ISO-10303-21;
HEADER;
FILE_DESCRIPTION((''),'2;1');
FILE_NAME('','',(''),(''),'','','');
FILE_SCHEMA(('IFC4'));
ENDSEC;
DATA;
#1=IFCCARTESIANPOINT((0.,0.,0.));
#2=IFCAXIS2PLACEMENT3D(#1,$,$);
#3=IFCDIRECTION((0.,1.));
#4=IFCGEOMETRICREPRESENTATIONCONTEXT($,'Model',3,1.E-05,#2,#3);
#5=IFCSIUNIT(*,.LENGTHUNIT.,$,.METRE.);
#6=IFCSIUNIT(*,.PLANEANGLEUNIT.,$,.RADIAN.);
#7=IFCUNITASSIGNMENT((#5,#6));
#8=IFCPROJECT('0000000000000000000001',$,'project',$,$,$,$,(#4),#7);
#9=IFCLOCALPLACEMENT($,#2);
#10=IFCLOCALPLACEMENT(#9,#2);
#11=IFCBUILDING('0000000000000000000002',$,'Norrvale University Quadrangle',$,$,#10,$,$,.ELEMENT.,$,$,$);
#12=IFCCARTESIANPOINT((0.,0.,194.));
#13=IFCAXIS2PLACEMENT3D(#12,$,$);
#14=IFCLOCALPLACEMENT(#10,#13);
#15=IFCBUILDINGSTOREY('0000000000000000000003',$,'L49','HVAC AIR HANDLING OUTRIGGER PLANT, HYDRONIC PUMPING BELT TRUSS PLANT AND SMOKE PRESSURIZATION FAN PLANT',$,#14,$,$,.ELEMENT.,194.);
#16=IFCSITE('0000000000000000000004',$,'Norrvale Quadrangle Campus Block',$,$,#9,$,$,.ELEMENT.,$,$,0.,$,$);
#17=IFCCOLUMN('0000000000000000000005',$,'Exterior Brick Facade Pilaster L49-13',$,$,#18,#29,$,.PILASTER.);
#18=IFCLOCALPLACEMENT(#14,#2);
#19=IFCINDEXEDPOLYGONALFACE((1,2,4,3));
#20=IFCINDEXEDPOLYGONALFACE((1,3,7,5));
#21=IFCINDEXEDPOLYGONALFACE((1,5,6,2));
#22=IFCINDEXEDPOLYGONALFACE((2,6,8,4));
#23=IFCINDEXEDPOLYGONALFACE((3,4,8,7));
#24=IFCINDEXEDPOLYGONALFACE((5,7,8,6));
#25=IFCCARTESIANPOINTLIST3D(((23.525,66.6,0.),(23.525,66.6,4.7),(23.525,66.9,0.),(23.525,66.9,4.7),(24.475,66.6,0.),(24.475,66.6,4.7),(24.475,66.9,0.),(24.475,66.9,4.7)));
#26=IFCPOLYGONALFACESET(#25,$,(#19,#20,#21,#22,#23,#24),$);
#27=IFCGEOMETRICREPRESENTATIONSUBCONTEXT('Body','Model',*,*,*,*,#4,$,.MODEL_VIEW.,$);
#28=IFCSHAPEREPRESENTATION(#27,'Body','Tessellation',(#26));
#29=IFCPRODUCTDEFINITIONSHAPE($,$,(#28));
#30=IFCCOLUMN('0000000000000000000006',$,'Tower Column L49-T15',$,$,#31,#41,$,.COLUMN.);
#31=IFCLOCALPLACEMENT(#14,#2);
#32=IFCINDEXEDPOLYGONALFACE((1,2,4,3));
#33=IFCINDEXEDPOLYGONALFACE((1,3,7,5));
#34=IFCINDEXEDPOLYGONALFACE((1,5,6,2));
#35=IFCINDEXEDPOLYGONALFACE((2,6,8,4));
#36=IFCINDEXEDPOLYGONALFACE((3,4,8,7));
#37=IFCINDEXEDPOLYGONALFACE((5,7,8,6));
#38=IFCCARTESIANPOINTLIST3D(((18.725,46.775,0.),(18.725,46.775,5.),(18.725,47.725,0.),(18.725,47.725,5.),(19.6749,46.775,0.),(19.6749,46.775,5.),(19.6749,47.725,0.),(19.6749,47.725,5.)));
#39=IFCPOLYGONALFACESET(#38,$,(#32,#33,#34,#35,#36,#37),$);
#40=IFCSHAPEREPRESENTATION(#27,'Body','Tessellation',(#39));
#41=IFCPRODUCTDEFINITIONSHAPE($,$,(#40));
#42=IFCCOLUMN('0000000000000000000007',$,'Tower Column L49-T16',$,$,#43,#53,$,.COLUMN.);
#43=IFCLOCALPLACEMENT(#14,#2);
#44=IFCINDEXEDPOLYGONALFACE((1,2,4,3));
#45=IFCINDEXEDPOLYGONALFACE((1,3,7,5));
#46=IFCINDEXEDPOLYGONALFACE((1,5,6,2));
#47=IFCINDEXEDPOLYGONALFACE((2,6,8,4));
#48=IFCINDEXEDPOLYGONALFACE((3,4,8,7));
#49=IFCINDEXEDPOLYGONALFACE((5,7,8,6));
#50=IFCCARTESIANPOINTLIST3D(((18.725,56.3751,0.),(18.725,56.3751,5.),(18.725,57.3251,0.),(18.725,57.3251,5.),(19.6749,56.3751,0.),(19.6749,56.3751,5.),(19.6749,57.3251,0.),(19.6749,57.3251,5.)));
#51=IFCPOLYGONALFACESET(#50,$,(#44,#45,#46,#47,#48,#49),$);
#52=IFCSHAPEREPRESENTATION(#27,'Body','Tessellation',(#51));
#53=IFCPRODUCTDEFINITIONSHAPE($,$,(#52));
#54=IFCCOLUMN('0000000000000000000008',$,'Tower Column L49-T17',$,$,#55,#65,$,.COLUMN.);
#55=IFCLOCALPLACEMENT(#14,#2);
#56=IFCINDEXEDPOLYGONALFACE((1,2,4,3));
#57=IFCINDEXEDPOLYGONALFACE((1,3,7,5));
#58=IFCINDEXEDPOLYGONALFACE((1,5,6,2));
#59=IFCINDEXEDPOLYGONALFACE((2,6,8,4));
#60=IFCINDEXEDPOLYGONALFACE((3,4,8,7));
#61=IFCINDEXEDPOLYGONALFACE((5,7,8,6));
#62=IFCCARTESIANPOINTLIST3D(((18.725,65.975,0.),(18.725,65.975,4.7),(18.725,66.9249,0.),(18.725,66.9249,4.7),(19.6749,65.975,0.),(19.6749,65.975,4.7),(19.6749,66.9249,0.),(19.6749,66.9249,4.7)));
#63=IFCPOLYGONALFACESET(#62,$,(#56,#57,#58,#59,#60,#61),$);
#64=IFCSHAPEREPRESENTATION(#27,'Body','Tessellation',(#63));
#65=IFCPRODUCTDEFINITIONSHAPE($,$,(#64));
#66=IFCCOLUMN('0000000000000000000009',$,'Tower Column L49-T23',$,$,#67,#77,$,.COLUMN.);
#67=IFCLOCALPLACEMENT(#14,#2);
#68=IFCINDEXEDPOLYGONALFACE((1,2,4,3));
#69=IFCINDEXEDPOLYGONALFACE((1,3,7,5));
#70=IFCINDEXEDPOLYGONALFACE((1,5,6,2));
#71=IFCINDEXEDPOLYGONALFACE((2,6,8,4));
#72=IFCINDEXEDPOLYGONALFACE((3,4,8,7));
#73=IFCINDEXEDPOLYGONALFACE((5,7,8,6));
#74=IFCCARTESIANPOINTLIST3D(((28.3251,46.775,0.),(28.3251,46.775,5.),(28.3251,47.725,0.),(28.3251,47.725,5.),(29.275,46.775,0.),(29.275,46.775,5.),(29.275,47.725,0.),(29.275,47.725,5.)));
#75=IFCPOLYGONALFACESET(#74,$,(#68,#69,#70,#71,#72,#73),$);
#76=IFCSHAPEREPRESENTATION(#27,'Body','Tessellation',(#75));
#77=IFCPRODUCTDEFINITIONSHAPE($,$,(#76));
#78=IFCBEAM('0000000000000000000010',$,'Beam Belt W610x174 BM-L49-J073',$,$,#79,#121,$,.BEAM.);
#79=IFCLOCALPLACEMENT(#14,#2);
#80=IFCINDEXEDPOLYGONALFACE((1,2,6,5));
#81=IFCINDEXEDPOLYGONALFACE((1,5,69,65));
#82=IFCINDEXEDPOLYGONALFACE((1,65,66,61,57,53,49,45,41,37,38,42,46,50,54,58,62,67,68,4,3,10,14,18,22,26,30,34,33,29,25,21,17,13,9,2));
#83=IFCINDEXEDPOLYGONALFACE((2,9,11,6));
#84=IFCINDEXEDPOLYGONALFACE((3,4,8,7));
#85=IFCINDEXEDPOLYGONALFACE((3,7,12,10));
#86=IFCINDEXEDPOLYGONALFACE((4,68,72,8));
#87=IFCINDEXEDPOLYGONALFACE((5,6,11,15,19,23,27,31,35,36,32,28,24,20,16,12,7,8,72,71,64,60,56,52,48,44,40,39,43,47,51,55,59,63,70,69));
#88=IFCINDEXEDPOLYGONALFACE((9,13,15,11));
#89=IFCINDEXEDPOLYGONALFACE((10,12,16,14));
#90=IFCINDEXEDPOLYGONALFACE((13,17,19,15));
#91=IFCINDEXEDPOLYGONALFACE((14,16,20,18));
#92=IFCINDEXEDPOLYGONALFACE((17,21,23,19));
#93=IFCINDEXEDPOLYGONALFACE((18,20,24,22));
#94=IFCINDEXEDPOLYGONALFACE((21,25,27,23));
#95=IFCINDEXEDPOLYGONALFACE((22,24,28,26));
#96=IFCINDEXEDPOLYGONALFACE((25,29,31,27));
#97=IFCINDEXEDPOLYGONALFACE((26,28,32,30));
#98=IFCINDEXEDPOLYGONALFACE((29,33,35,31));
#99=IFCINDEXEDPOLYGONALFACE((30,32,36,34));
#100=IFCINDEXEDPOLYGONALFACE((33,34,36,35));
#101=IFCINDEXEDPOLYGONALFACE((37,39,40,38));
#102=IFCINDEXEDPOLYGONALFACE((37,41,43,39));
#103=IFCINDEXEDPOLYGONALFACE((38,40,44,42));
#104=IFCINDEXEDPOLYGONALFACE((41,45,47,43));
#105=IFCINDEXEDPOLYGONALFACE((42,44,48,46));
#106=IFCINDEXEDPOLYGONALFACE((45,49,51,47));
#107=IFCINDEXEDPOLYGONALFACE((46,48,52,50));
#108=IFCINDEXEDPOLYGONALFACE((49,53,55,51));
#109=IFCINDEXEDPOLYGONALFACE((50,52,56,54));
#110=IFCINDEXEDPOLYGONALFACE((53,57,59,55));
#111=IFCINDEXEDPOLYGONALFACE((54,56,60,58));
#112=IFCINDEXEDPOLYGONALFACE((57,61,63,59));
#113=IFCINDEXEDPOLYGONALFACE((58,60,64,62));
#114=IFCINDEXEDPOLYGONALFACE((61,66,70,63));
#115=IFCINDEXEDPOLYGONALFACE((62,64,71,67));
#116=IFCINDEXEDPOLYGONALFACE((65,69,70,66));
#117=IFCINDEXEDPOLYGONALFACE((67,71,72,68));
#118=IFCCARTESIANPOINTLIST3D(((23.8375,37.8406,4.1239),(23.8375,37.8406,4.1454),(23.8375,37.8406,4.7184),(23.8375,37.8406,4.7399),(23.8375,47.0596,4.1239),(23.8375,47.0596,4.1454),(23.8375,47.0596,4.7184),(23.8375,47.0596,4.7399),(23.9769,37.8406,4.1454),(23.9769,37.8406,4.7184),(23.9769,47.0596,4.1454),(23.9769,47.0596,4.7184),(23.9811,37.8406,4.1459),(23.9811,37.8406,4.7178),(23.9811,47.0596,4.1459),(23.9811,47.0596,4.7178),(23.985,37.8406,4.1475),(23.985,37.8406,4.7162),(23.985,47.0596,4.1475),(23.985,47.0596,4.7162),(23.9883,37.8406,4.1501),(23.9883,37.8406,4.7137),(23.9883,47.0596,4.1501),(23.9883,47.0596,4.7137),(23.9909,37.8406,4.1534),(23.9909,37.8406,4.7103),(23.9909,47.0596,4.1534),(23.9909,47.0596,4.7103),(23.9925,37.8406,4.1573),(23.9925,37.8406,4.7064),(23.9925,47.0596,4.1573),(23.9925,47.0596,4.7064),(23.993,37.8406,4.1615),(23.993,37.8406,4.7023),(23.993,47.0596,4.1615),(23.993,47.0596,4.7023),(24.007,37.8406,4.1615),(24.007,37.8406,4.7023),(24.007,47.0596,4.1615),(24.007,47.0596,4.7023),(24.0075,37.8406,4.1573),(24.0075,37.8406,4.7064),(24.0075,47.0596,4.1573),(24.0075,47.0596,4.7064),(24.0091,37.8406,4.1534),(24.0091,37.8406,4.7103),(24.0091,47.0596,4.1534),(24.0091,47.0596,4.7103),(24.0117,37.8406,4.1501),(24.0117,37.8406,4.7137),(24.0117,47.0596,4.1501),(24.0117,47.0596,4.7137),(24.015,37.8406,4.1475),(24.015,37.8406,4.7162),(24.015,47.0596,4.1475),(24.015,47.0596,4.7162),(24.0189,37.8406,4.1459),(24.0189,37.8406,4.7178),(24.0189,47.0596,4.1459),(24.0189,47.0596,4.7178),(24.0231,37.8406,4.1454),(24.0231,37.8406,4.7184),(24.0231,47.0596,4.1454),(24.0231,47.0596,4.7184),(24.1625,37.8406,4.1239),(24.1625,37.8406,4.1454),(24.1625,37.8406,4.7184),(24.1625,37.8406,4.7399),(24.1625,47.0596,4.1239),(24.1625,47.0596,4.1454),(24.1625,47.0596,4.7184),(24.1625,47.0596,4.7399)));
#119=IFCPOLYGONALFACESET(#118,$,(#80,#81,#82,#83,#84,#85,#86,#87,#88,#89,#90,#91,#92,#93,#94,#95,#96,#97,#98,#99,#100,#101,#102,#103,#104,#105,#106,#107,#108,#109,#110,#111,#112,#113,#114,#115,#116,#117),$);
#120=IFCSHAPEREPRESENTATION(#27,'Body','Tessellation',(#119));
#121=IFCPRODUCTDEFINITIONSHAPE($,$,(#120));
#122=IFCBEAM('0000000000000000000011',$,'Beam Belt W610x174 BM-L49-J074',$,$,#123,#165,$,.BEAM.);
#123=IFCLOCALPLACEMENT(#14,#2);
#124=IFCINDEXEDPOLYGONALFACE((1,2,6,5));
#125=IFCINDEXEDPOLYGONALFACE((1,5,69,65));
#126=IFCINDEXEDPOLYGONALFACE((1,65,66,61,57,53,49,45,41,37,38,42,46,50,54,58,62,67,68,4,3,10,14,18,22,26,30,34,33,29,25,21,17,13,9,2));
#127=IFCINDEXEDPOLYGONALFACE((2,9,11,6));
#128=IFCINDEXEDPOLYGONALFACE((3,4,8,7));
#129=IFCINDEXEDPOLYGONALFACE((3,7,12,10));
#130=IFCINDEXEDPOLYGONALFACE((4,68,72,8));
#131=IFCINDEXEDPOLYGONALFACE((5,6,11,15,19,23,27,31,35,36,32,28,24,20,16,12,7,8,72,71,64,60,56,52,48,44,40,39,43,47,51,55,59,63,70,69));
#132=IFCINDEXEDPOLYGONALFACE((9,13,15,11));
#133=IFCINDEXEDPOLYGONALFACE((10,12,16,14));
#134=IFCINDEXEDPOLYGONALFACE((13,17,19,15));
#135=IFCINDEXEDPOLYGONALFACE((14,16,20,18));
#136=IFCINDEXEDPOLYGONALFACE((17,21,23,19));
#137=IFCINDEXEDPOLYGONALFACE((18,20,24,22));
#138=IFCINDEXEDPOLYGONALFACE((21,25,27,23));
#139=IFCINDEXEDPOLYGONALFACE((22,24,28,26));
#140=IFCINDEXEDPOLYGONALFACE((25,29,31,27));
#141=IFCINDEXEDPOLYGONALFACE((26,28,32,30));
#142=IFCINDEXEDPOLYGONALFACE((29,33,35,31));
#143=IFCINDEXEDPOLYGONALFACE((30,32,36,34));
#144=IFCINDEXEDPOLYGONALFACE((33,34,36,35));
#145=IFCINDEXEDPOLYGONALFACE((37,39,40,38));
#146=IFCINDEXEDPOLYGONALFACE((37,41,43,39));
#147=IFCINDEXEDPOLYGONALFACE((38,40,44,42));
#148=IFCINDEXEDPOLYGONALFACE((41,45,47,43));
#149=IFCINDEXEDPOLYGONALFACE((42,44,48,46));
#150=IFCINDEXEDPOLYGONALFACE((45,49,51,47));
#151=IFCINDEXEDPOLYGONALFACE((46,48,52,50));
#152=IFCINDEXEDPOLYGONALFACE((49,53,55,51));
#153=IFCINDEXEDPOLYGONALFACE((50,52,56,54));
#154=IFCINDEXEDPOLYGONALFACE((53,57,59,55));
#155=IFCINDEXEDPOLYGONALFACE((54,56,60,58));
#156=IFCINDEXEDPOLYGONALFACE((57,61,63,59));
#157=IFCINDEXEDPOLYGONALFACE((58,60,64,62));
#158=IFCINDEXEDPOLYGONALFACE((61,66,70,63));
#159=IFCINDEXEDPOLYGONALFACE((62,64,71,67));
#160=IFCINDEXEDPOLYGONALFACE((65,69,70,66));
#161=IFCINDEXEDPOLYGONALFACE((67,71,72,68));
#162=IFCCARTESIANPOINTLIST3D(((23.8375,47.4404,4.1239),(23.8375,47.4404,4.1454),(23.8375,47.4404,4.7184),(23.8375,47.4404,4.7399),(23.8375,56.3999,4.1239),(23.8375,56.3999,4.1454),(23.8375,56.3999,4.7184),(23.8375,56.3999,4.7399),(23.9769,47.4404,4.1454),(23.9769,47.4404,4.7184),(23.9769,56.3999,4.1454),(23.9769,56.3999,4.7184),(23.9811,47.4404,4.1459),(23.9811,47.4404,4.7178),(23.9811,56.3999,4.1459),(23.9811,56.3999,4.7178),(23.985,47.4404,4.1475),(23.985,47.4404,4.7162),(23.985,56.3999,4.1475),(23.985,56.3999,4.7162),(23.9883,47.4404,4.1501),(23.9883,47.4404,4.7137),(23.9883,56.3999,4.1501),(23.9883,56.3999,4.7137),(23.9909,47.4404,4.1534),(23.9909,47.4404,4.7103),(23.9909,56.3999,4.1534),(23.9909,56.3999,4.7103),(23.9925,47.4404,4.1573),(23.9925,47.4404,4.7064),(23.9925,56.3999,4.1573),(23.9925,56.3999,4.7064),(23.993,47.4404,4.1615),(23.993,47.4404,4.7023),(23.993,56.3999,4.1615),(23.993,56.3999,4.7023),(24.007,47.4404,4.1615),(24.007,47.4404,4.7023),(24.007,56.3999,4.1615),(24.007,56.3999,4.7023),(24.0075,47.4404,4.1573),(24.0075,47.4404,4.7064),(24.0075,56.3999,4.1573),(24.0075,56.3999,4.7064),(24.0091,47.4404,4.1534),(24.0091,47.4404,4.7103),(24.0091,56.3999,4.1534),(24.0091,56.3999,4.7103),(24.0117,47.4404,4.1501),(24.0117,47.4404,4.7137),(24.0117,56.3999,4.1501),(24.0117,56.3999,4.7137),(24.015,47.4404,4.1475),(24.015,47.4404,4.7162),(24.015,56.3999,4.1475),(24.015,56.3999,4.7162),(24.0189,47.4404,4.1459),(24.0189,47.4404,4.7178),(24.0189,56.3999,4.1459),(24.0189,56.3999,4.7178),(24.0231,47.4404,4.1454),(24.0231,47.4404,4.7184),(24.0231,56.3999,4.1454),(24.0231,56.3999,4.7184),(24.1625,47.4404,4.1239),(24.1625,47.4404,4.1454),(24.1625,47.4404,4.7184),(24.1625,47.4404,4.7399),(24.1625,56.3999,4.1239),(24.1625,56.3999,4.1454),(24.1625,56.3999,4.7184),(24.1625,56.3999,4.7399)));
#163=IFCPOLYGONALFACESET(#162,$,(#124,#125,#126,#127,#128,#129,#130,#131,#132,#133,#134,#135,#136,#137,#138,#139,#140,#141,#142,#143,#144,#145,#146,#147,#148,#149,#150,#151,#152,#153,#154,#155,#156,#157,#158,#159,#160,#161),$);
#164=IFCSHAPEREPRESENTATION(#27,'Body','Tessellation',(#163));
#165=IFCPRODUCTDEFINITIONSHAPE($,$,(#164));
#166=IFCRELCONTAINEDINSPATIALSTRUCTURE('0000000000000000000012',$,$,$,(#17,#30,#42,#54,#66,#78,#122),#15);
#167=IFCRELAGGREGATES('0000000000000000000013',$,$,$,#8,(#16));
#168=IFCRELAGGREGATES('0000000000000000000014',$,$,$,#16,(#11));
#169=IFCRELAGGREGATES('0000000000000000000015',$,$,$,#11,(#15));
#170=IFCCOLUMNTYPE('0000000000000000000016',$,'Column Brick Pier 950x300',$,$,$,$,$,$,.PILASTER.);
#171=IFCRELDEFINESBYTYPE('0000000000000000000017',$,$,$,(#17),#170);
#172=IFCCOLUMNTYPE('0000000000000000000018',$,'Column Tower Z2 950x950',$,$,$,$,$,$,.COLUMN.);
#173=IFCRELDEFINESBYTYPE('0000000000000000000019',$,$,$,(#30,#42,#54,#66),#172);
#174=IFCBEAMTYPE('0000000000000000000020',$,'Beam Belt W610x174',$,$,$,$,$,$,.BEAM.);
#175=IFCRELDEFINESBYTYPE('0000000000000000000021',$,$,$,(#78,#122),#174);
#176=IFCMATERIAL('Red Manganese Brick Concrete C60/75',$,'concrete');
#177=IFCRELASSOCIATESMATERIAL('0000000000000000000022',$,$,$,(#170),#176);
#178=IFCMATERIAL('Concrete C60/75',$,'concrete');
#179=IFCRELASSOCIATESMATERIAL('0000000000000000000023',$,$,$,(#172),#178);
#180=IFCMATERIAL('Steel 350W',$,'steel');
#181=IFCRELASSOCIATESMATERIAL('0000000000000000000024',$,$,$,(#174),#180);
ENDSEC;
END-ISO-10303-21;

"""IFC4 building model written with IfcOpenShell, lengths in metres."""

from ifc_helpers import new_model, si_unit, direction, frame, origin, origin_2d, place, context, subcontext, project, spatial, rectangle, i_section, extrude, material, material_profile, profile_set, type_object, element, save


model = new_model("IFC4")

# Units and contexts
model_context = context("Model", 3, precision=1e-05, world=origin(), true_north=direction((0.0, 1.0)))
body_context = subcontext(model_context, "Body", "Model", "MODEL_VIEW")
ifc_project = project(units=[si_unit("LENGTHUNIT", "METRE"), si_unit("PLANEANGLEUNIT", "RADIAN")], contexts=[model_context])

# Site, building, storey
site_placement = place(None, origin())
site = spatial("IfcSite", under=ifc_project, at=site_placement, Name="Norrvale Quadrangle Campus Block", CompositionType="ELEMENT", RefElevation=0.0)
building_placement = place(site_placement, origin())
building = spatial("IfcBuilding", under=site, at=building_placement, Name="Norrvale University Quadrangle", CompositionType="ELEMENT")
storey_placement = place(building_placement, frame((0.0, 0.0, 194.0)))
storey = spatial("IfcBuildingStorey", under=building, at=storey_placement, Name="L49", Description="HVAC AIR HANDLING OUTRIGGER PLANT, HYDRONIC PUMPING BELT TRUSS PLANT AND SMOKE PRESSURIZATION FAN PLANT", CompositionType="ELEMENT", Elevation=194.0)

# Columns
ifc_material_1 = material(Name="Red Manganese Brick Concrete C60/75", Category="concrete")
ifc_material_profile_1 = material_profile(ifc_material_1, rectangle(XDim=0.95, YDim=0.3, at=origin_2d()), Name="Red Manganese Brick Concrete C60/75")
ifc_profile_set_1 = profile_set([ifc_material_profile_1], Name="Red Manganese Brick Concrete C60/75")
column_type_1 = type_object("IfcColumnType", Name="Column Brick Pier 950x300", PredefinedType="PILASTER", material=ifc_profile_set_1)
column_1_placement = place(storey_placement, frame((24.0, 66.75, 0.0), z_axis=(0.0, 0.0, 1.0), x_axis=(1.0, 0.0, 0.0)))
element("IfcColumn", 1, at=column_1_placement, inside=storey, type_object=column_type_1, Name="Exterior Brick Facade Pilaster L49-13", PredefinedType="PILASTER", context=body_context, shape_type="SweptSolid", body=[
    extrude(rectangle(XDim=0.95, YDim=0.3, at=origin_2d()), origin(), (0.0, 0.0, 1.0), 4.7),
])
ifc_material_2 = material(Name="Concrete C60/75", Category="concrete")
ifc_material_profile_2 = material_profile(ifc_material_2, rectangle(XDim=0.95, YDim=0.95, at=origin_2d()), Name="Concrete C60/75")
ifc_profile_set_2 = profile_set([ifc_material_profile_2], Name="Concrete C60/75")
column_type_2 = type_object("IfcColumnType", Name="Column Tower Z2 950x950", PredefinedType="COLUMN", material=ifc_profile_set_2)
for number, where, z_axis, x_axis, name in (
    (2, (19.2, 47.25, 0.0), (0.0, 0.0, 1.0), (1.0, 0.0, 0.0), "Tower Column L49-T15"),
    (3, (19.2, 56.8501, 0.0), (0.0, 0.0, 1.0), (1.0, 0.0, 0.0), "Tower Column L49-T16"),
):
    element("IfcColumn", number, at=place(storey_placement, frame(where, z_axis=z_axis, x_axis=x_axis)), inside=storey, type_object=column_type_2, Name=name, PredefinedType="COLUMN", context=body_context, shape_type="SweptSolid", body=[
        extrude(rectangle(XDim=0.95, YDim=0.95, at=origin_2d()), origin(), (0.0, 0.0, 1.0), 5.0),
    ])
column_2_placement = place(storey_placement, frame((19.2, 66.45, 0.0), z_axis=(0.0, 0.0, 1.0), x_axis=(1.0, 0.0, 0.0)))
element("IfcColumn", 4, at=column_2_placement, inside=storey, type_object=column_type_2, Name="Tower Column L49-T17", PredefinedType="COLUMN", context=body_context, shape_type="SweptSolid", body=[
    extrude(rectangle(XDim=0.95, YDim=0.95, at=origin_2d()), origin(), (0.0, 0.0, 1.0), 4.7),
])
column_3_placement = place(storey_placement, frame((28.8, 47.25, 0.0), z_axis=(0.0, 0.0, 1.0), x_axis=(1.0, 0.0, 0.0)))
element("IfcColumn", 5, at=column_3_placement, inside=storey, type_object=column_type_2, Name="Tower Column L49-T23", PredefinedType="COLUMN", context=body_context, shape_type="SweptSolid", body=[
    extrude(rectangle(XDim=0.95, YDim=0.95, at=origin_2d()), origin(), (0.0, 0.0, 1.0), 5.0),
])

# Beams
ifc_material_3 = material(Name="Steel 350W", Category="steel")
ifc_material_profile_3 = material_profile(ifc_material_3, i_section(OverallWidth=0.325, OverallDepth=0.616, WebThickness=0.0139, FlangeThickness=0.0215, FilletRadius=0.0161, at=origin_2d()), Name="Steel 350W")
ifc_profile_set_3 = profile_set([ifc_material_profile_3], Name="Steel 350W")
beam_type_1 = type_object("IfcBeamType", Name="Beam Belt W610x174", PredefinedType="BEAM", material=ifc_profile_set_3)
beam_1_placement = place(storey_placement, frame((24.0, 37.8406, 4.4319), z_axis=(0.0, 1.0, 0.0), x_axis=(-1.0, 0.0, 0.0)))
element("IfcBeam", 6, at=beam_1_placement, inside=storey, type_object=beam_type_1, Name="Beam Belt W610x174 BM-L49-J073", PredefinedType="BEAM", context=body_context, shape_type="SweptSolid", body=[
    extrude(i_section(OverallWidth=0.325, OverallDepth=0.616, WebThickness=0.0139, FlangeThickness=0.0215, FilletRadius=0.0161, at=origin_2d()), origin(), (0.0, 0.0, 1.0), 9.219),
])
for number, where, z_axis, x_axis, name in (
    (7, (24.0, 47.4404, 4.4319), (0.0, 1.0, 0.0), (-1.0, 0.0, 0.0), "Beam Belt W610x174 BM-L49-J074"),
):
    element("IfcBeam", number, at=place(storey_placement, frame(where, z_axis=z_axis, x_axis=x_axis)), inside=storey, type_object=beam_type_1, Name=name, PredefinedType="BEAM", context=body_context, shape_type="SweptSolid", body=[
        extrude(i_section(OverallWidth=0.325, OverallDepth=0.616, WebThickness=0.0139, FlangeThickness=0.0215, FilletRadius=0.0161, at=origin_2d()), origin(), (0.0, 0.0, 1.0), 8.9595),
    ])

save(model, "model.ifc")
